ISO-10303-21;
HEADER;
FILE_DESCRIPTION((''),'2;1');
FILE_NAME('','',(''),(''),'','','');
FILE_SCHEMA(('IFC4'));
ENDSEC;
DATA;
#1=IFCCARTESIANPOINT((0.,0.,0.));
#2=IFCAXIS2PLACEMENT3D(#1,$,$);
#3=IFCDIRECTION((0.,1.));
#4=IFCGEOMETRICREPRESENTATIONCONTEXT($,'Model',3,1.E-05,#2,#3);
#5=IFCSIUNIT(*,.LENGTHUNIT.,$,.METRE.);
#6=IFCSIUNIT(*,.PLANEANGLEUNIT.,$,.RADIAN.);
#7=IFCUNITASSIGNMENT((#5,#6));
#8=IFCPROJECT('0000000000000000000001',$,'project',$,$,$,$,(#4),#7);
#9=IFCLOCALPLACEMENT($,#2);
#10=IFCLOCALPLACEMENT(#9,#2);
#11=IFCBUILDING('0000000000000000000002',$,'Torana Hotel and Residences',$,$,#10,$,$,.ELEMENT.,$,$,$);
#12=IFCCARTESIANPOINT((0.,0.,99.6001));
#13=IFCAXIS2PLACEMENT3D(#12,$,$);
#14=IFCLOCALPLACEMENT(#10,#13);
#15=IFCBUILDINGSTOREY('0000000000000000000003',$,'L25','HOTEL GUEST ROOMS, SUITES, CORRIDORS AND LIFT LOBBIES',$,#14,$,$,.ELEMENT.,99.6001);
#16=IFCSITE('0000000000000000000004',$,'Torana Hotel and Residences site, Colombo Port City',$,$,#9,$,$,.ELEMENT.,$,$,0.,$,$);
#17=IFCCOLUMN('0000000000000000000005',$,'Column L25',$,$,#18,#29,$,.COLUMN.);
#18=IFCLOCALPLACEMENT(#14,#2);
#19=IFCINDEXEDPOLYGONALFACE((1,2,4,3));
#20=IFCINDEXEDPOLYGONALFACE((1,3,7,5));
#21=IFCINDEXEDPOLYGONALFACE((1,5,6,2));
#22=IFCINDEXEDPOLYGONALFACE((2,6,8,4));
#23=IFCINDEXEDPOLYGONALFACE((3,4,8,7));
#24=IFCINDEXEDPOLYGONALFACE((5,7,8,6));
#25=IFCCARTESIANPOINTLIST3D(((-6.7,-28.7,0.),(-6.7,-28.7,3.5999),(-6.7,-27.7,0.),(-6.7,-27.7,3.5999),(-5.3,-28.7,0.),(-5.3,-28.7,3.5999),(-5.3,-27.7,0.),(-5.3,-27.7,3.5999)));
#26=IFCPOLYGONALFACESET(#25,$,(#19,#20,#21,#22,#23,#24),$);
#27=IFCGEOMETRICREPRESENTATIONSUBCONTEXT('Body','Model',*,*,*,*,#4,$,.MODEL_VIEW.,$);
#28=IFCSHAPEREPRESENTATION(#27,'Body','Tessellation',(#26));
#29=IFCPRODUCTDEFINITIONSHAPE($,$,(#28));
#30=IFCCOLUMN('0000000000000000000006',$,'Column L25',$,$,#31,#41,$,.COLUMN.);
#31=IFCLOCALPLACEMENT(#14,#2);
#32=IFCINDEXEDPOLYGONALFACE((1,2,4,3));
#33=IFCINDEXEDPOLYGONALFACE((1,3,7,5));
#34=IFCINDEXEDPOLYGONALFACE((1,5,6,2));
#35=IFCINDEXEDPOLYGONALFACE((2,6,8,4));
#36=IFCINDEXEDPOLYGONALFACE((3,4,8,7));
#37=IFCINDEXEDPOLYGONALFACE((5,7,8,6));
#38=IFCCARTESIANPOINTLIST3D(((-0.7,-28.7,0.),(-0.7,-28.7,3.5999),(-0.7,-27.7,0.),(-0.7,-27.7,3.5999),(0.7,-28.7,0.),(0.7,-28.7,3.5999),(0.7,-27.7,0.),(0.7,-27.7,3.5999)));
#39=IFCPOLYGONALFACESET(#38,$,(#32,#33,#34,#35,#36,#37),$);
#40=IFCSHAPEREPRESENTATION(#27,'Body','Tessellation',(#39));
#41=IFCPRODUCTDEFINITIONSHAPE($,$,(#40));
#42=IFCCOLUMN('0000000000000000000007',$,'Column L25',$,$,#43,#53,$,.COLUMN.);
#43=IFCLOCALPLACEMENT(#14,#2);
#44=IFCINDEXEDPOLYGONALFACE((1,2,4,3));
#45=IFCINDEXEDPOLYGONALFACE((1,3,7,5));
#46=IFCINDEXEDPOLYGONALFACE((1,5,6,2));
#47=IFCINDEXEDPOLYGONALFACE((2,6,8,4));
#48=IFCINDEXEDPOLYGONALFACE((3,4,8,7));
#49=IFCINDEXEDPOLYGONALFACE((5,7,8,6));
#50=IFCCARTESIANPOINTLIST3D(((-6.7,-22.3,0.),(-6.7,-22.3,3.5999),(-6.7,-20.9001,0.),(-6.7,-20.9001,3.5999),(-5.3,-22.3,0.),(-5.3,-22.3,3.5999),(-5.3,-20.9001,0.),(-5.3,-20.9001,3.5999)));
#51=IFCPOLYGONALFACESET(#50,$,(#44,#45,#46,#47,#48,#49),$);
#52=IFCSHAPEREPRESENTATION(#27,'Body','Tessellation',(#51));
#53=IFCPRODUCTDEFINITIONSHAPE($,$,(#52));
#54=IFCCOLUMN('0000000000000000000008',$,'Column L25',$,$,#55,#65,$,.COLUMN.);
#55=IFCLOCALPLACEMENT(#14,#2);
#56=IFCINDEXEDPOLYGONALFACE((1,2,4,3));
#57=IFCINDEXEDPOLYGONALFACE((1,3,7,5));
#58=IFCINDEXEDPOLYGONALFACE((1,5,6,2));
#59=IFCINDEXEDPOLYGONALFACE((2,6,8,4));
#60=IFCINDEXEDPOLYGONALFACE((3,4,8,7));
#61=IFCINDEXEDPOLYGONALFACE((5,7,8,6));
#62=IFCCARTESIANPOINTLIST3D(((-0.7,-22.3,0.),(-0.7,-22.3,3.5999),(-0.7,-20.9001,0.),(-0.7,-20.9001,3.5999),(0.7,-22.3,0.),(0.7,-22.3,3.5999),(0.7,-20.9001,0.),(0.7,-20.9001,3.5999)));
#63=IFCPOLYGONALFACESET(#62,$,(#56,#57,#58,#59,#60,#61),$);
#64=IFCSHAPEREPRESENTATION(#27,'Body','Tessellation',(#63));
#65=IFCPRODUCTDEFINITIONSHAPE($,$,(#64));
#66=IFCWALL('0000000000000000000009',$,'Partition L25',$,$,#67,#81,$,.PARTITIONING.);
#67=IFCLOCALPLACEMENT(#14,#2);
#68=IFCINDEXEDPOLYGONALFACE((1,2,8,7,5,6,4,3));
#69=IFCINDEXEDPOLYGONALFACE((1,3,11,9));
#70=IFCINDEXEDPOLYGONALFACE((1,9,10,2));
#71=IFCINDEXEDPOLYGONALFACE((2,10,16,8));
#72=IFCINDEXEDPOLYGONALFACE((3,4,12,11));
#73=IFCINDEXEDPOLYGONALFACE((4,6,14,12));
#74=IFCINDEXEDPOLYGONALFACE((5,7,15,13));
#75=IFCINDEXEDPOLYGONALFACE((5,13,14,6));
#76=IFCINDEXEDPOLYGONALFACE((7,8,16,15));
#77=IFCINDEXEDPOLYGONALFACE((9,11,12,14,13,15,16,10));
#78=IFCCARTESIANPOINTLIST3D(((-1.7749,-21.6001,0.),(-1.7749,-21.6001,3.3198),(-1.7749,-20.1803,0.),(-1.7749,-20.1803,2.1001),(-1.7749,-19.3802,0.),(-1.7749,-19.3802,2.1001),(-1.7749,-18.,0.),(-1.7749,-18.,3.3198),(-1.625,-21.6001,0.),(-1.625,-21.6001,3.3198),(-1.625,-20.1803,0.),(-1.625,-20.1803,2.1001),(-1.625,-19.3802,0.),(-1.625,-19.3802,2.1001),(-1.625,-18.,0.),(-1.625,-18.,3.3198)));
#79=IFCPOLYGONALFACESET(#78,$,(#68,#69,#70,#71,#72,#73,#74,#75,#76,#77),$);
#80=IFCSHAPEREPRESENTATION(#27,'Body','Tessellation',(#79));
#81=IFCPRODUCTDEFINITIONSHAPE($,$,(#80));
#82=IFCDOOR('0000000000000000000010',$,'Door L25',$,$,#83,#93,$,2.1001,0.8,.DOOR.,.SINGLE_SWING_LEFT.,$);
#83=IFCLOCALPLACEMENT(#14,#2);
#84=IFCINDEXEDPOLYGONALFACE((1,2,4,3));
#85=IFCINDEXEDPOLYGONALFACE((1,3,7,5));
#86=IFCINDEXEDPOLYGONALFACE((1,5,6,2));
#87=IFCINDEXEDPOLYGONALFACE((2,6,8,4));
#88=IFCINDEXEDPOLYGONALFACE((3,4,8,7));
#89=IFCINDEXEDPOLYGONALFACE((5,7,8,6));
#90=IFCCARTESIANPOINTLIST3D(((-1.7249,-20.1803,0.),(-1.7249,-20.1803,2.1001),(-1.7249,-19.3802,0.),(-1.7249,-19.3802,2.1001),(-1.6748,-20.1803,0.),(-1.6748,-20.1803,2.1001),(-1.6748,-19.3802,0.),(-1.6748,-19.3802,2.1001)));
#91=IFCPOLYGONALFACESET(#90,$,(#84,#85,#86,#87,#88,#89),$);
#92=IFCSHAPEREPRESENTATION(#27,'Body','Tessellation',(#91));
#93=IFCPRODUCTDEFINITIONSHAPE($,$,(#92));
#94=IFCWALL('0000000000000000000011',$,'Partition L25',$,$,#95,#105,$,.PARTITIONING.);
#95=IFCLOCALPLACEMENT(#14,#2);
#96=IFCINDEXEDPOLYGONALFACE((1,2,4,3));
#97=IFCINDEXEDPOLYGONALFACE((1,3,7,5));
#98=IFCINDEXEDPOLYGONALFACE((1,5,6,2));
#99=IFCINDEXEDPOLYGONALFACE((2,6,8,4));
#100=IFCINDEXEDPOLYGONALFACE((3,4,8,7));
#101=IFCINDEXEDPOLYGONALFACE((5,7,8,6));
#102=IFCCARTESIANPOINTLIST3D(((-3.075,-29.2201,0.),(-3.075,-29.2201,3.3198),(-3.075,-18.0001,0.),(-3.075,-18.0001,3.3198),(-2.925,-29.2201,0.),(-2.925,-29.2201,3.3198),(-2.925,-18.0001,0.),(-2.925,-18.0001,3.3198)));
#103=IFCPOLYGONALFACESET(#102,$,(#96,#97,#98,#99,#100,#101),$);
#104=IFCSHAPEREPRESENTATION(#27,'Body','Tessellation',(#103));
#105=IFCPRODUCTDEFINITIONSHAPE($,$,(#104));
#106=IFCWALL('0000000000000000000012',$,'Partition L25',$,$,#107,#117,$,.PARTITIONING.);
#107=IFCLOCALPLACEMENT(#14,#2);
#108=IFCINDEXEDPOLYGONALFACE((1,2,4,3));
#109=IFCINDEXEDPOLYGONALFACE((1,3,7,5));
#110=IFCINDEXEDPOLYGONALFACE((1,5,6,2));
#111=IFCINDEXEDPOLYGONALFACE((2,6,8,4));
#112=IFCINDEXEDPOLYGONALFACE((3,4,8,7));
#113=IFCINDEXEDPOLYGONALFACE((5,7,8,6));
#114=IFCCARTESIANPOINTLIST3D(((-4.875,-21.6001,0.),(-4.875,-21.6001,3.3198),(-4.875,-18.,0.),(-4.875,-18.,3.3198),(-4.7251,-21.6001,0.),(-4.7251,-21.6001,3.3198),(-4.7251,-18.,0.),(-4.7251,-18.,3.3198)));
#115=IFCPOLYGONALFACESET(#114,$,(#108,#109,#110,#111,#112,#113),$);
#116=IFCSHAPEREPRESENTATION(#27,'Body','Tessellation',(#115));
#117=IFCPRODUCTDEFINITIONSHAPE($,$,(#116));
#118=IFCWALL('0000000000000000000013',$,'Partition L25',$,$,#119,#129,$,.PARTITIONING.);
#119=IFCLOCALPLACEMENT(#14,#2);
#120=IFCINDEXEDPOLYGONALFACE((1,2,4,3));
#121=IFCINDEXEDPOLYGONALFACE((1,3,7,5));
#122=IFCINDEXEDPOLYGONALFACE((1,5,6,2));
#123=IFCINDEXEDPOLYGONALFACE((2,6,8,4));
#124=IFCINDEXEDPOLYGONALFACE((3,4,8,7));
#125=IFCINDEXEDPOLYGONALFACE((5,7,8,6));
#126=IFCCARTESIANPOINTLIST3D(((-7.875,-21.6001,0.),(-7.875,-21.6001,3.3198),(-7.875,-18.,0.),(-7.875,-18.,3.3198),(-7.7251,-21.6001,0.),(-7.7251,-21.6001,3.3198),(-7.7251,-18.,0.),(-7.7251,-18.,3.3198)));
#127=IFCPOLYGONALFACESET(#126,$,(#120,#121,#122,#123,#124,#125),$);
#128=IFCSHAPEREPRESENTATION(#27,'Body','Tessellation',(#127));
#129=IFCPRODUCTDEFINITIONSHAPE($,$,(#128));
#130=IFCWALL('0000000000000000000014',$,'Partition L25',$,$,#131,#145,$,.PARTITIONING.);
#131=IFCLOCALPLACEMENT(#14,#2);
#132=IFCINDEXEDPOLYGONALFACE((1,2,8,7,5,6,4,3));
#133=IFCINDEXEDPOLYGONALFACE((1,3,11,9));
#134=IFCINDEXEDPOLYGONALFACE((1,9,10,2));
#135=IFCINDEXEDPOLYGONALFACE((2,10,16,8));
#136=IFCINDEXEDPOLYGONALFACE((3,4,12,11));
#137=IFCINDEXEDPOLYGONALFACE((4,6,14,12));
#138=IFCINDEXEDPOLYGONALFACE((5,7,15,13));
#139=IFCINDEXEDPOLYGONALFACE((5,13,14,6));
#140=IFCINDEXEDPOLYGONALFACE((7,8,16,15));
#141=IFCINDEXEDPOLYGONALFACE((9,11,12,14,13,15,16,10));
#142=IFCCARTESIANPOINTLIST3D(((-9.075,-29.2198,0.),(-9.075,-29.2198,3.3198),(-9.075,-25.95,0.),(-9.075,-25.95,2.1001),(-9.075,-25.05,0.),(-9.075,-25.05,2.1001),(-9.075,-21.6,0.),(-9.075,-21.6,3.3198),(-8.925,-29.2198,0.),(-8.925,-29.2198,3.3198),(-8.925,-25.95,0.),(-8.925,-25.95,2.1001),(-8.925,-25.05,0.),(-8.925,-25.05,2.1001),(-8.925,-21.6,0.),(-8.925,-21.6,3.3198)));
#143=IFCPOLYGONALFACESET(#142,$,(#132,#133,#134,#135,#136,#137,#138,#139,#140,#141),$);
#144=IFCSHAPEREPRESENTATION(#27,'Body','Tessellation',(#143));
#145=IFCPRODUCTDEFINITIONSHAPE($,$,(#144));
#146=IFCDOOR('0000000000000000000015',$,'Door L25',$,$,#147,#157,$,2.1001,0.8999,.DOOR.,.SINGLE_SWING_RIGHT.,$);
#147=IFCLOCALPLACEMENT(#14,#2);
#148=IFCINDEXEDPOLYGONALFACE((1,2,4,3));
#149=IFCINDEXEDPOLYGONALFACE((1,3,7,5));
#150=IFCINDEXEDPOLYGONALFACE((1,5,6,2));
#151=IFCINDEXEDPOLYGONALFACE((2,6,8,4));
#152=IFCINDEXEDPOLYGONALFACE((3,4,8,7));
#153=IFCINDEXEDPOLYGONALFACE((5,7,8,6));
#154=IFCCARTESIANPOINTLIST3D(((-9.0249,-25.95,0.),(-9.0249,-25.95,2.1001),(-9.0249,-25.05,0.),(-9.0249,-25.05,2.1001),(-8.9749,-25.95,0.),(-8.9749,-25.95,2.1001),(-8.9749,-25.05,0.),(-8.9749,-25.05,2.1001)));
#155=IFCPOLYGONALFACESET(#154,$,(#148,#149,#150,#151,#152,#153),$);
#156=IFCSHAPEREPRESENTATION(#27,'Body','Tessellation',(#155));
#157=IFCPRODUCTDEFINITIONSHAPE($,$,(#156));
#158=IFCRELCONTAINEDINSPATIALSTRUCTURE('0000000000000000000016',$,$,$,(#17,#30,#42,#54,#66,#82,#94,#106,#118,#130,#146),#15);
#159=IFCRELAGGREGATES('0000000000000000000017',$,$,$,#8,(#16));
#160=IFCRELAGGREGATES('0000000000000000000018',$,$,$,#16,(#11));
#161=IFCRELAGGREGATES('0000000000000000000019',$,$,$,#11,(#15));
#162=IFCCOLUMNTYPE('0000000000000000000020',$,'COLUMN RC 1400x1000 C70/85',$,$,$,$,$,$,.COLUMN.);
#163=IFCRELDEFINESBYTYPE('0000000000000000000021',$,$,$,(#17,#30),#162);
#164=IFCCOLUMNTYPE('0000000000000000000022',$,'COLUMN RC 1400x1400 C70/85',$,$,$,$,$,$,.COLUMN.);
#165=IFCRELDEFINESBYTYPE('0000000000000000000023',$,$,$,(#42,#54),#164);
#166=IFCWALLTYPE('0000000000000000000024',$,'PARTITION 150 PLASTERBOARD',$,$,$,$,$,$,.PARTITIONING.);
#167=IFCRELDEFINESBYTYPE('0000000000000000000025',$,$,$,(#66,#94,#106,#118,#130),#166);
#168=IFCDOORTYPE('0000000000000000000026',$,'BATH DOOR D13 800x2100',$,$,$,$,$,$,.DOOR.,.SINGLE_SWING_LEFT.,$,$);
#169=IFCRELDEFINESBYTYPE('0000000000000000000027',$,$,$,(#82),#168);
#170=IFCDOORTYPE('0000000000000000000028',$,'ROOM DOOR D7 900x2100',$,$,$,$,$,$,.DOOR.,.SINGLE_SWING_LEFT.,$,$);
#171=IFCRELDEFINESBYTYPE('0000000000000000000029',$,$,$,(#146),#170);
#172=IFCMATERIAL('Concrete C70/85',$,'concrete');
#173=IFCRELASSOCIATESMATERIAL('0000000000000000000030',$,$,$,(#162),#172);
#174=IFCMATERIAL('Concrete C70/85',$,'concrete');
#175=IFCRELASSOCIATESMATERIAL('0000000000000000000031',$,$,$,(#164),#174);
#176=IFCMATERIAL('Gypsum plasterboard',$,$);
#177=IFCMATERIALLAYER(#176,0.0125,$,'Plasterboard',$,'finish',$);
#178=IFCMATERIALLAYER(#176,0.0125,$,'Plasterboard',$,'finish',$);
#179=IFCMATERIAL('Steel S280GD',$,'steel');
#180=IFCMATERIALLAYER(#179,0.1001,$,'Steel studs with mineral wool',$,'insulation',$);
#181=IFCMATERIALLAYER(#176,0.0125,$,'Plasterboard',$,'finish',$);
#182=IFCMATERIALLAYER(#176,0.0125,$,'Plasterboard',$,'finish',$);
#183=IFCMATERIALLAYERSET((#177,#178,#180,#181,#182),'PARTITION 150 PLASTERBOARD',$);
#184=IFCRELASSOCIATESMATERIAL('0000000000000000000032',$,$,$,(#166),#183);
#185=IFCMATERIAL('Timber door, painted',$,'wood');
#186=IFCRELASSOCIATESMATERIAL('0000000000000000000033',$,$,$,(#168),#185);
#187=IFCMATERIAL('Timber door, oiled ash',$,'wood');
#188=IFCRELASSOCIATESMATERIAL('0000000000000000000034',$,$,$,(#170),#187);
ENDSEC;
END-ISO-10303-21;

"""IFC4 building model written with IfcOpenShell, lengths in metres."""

from ifc_helpers import new_model, si_unit, direction, frame, frame_2d, origin, origin_2d, place, context, subcontext, project, spatial, rectangle, extrude, material, layer, layer_set, material_profile, profile_set, type_object, element, fill, save


model = new_model("IFC4")

# Units and contexts
model_context = context("Model", 3, precision=1e-05, world=origin(), true_north=direction((0.0, 1.0)))
body_context = subcontext(model_context, "Body", "Model", "MODEL_VIEW")
ifc_project = project(units=[si_unit("LENGTHUNIT", "METRE"), si_unit("PLANEANGLEUNIT", "RADIAN")], contexts=[model_context])

# Site, building, storey
site_placement = place(None, origin())
site = spatial("IfcSite", under=ifc_project, at=site_placement, Name="Torana Hotel and Residences site, Colombo Port City", CompositionType="ELEMENT", RefElevation=0.0)
building_placement = place(site_placement, origin())
building = spatial("IfcBuilding", under=site, at=building_placement, Name="Torana Hotel and Residences", CompositionType="ELEMENT")
storey_placement = place(building_placement, frame((0.0, 0.0, 99.6001)))
storey = spatial("IfcBuildingStorey", under=building, at=storey_placement, Name="L25", Description="HOTEL GUEST ROOMS, SUITES, CORRIDORS AND LIFT LOBBIES", CompositionType="ELEMENT", Elevation=99.6001)

# Columns
ifc_material_1 = material(Name="Concrete C70/85", Category="concrete")
ifc_material_profile_1 = material_profile(ifc_material_1, rectangle(XDim=1.3999, YDim=1.0, at=origin_2d()), Name="RC 1400x1000")
ifc_profile_set_1 = profile_set([ifc_material_profile_1], Name="Concrete C70/85")
column_type_1 = type_object("IfcColumnType", Name="COLUMN RC 1400x1000 C70/85", PredefinedType="COLUMN", material=ifc_profile_set_1)
for number, where, z_axis, x_axis, name in (
    (1, (-6.0, -28.2, 0.0), (0.0, 0.0, 1.0), (1.0, 0.0, 0.0), "Column L25"),
    (2, (0.0, -28.2, 0.0), (0.0, 0.0, 1.0), (1.0, 0.0, 0.0), "Column L25"),
):
    element("IfcColumn", number, at=place(storey_placement, frame(where, z_axis=z_axis, x_axis=x_axis)), inside=storey, type_object=column_type_1, Name=name, PredefinedType="COLUMN", context=body_context, shape_type="SweptSolid", body=[
        extrude(rectangle(XDim=1.3999, YDim=1.0, at=origin_2d()), origin(), (0.0, 0.0, 1.0), 3.5999),
    ])
ifc_material_2 = material(Name="Concrete C70/85", Category="concrete")
ifc_material_profile_2 = material_profile(ifc_material_2, rectangle(XDim=1.3999, YDim=1.3999, at=origin_2d()), Name="RC 1400x1400")
ifc_profile_set_2 = profile_set([ifc_material_profile_2], Name="Concrete C70/85")
column_type_2 = type_object("IfcColumnType", Name="COLUMN RC 1400x1400 C70/85", PredefinedType="COLUMN", material=ifc_profile_set_2)
for number, where, z_axis, x_axis, name in (
    (3, (-6.0, -21.6001, 0.0), (0.0, 0.0, 1.0), (1.0, 0.0, 0.0), "Column L25"),
    (4, (0.0, -21.6001, 0.0), (0.0, 0.0, 1.0), (1.0, 0.0, 0.0), "Column L25"),
):
    element("IfcColumn", number, at=place(storey_placement, frame(where, z_axis=z_axis, x_axis=x_axis)), inside=storey, type_object=column_type_2, Name=name, PredefinedType="COLUMN", context=body_context, shape_type="SweptSolid", body=[
        extrude(rectangle(XDim=1.3999, YDim=1.3999, at=origin_2d()), origin(), (0.0, 0.0, 1.0), 3.5999),
    ])

# Wall, opening, door
ifc_material_3 = material(Name="Gypsum plasterboard")
ifc_layer_1 = layer(ifc_material_3, 0.0125, Name="Plasterboard", Category="finish")
ifc_layer_2 = layer(ifc_material_3, 0.0125, Name="Plasterboard", Category="finish")
ifc_material_4 = material(Name="Steel S280GD", Category="steel")
ifc_layer_3 = layer(ifc_material_4, 0.1001, Name="Steel studs with mineral wool", Category="insulation")
ifc_layer_4 = layer(ifc_material_3, 0.0125, Name="Plasterboard", Category="finish")
ifc_layer_5 = layer(ifc_material_3, 0.0125, Name="Plasterboard", Category="finish")
ifc_layer_set_1 = layer_set([ifc_layer_1, ifc_layer_2, ifc_layer_3, ifc_layer_4, ifc_layer_5], Name="PARTITION 150 PLASTERBOARD")
wall_type_1 = type_object("IfcWallType", Name="PARTITION 150 PLASTERBOARD", PredefinedType="PARTITIONING", material=ifc_layer_set_1)
wall_1_placement = place(storey_placement, frame((-1.7, -21.6001, 0.0), z_axis=(0.0, 0.0, 1.0), x_axis=(0.0, 1.0, 0.0)))
wall_1 = element("IfcWall", 5, at=wall_1_placement, inside=storey, type_object=wall_type_1, Name="Partition L25", PredefinedType="PARTITIONING", context=body_context, shape_type="SweptSolid", body=[
    extrude(rectangle(XDim=3.6001, YDim=0.1499, at=frame_2d((1.8, 0.0))), origin(), (0.0, 0.0, 1.0), 3.3198),
])
opening_1_placement = place(wall_1_placement, frame((1.4199, 0.0, 0.0)))
opening_1 = element("IfcOpeningElement", 6, at=opening_1_placement, cuts=wall_1, PredefinedType="OPENING", context=body_context, shape_type="SweptSolid", body=[
    extrude(rectangle(XDim=0.8, YDim=2.1001, at=frame_2d((0.3999, 1.05))), frame((0.0, 0.085, 0.0), z_axis=(0.0, -1.0, 0.0), x_axis=(1.0, 0.0, 0.0)), (0.0, 0.0, 1.0), 0.1699),
])
ifc_material_5 = material(Name="Timber door, painted", Category="wood")
door_type_1 = type_object("IfcDoorType", Name="BATH DOOR D13 800x2100", OperationType="SINGLE_SWING_LEFT", PredefinedType="DOOR", material=ifc_material_5)
door_1_placement = place(opening_1_placement, origin())
door_1 = element("IfcDoor", 7, at=door_1_placement, inside=storey, type_object=door_type_1, Name="Door L25", OperationType="SINGLE_SWING_LEFT", OverallHeight=2.1001, OverallWidth=0.8, PredefinedType="DOOR", context=body_context, shape_type="SweptSolid", body=[
    extrude(rectangle(XDim=0.8, YDim=2.1001, at=frame_2d((0.3999, 1.05))), frame((0.0, 0.0249, 0.0), z_axis=(0.0, -1.0, 0.0), x_axis=(1.0, 0.0, 0.0)), (0.0, 0.0, 1.0), 0.05),
])
fill(opening_1, door_1)

# Walls
wall_2_placement = place(storey_placement, frame((-3.0, -29.22, 0.0), z_axis=(0.0, 0.0, 1.0), x_axis=(0.0, 1.0, 0.0)))
element("IfcWall", 8, at=wall_2_placement, inside=storey, type_object=wall_type_1, Name="Partition L25", PredefinedType="PARTITIONING", context=body_context, shape_type="SweptSolid", body=[
    extrude(rectangle(XDim=11.22, YDim=0.1499, at=frame_2d((5.6099, 0.0))), origin(), (0.0, 0.0, 1.0), 3.3198),
])
for number, where, z_axis, x_axis, name in (
    (9, (-4.8, -21.6001, 0.0), (0.0, 0.0, 1.0), (0.0, 1.0, 0.0), "Partition L25"),
    (10, (-7.8, -21.6001, 0.0), (0.0, 0.0, 1.0), (0.0, 1.0, 0.0), "Partition L25"),
):
    element("IfcWall", number, at=place(storey_placement, frame(where, z_axis=z_axis, x_axis=x_axis)), inside=storey, type_object=wall_type_1, Name=name, PredefinedType="PARTITIONING", context=body_context, shape_type="SweptSolid", body=[
        extrude(rectangle(XDim=3.6001, YDim=0.1499, at=frame_2d((1.8, 0.0))), origin(), (0.0, 0.0, 1.0), 3.3198),
    ])

# Wall, opening, door
wall_3_placement = place(storey_placement, frame((-9.0, -29.22, 0.0), z_axis=(0.0, 0.0, 1.0), x_axis=(0.0, 1.0, 0.0)))
wall_3 = element("IfcWall", 11, at=wall_3_placement, inside=storey, type_object=wall_type_1, Name="Partition L25", PredefinedType="PARTITIONING", context=body_context, shape_type="SweptSolid", body=[
    extrude(rectangle(XDim=7.6199, YDim=0.1499, at=frame_2d((3.8101, 0.0))), origin(), (0.0, 0.0, 1.0), 3.3198),
])
opening_2_placement = place(wall_3_placement, frame((3.27, 0.0, 0.0)))
opening_2 = element("IfcOpeningElement", 12, at=opening_2_placement, cuts=wall_3, PredefinedType="OPENING", context=body_context, shape_type="SweptSolid", body=[
    extrude(rectangle(XDim=0.8999, YDim=2.1001, at=frame_2d((0.45, 1.05))), frame((0.0, 0.085, 0.0), z_axis=(0.0, -1.0, 0.0), x_axis=(1.0, 0.0, 0.0)), (0.0, 0.0, 1.0), 0.1699),
])
ifc_material_6 = material(Name="Timber door, oiled ash", Category="wood")
door_type_2 = type_object("IfcDoorType", Name="ROOM DOOR D7 900x2100", OperationType="SINGLE_SWING_LEFT", PredefinedType="DOOR", material=ifc_material_6)
door_2_placement = place(opening_2_placement, origin())
door_2 = element("IfcDoor", 13, at=door_2_placement, inside=storey, type_object=door_type_2, Name="Door L25", OperationType="SINGLE_SWING_RIGHT", OverallHeight=2.1001, OverallWidth=0.8999, PredefinedType="DOOR", context=body_context, shape_type="SweptSolid", body=[
    extrude(rectangle(XDim=0.8999, YDim=2.1001, at=frame_2d((0.45, 1.05))), frame((0.0, 0.0249, 0.0), z_axis=(0.0, -1.0, 0.0), x_axis=(1.0, 0.0, 0.0)), (0.0, 0.0, 1.0), 0.05),
])
fill(opening_2, door_2)

save(model, "model.ifc")
